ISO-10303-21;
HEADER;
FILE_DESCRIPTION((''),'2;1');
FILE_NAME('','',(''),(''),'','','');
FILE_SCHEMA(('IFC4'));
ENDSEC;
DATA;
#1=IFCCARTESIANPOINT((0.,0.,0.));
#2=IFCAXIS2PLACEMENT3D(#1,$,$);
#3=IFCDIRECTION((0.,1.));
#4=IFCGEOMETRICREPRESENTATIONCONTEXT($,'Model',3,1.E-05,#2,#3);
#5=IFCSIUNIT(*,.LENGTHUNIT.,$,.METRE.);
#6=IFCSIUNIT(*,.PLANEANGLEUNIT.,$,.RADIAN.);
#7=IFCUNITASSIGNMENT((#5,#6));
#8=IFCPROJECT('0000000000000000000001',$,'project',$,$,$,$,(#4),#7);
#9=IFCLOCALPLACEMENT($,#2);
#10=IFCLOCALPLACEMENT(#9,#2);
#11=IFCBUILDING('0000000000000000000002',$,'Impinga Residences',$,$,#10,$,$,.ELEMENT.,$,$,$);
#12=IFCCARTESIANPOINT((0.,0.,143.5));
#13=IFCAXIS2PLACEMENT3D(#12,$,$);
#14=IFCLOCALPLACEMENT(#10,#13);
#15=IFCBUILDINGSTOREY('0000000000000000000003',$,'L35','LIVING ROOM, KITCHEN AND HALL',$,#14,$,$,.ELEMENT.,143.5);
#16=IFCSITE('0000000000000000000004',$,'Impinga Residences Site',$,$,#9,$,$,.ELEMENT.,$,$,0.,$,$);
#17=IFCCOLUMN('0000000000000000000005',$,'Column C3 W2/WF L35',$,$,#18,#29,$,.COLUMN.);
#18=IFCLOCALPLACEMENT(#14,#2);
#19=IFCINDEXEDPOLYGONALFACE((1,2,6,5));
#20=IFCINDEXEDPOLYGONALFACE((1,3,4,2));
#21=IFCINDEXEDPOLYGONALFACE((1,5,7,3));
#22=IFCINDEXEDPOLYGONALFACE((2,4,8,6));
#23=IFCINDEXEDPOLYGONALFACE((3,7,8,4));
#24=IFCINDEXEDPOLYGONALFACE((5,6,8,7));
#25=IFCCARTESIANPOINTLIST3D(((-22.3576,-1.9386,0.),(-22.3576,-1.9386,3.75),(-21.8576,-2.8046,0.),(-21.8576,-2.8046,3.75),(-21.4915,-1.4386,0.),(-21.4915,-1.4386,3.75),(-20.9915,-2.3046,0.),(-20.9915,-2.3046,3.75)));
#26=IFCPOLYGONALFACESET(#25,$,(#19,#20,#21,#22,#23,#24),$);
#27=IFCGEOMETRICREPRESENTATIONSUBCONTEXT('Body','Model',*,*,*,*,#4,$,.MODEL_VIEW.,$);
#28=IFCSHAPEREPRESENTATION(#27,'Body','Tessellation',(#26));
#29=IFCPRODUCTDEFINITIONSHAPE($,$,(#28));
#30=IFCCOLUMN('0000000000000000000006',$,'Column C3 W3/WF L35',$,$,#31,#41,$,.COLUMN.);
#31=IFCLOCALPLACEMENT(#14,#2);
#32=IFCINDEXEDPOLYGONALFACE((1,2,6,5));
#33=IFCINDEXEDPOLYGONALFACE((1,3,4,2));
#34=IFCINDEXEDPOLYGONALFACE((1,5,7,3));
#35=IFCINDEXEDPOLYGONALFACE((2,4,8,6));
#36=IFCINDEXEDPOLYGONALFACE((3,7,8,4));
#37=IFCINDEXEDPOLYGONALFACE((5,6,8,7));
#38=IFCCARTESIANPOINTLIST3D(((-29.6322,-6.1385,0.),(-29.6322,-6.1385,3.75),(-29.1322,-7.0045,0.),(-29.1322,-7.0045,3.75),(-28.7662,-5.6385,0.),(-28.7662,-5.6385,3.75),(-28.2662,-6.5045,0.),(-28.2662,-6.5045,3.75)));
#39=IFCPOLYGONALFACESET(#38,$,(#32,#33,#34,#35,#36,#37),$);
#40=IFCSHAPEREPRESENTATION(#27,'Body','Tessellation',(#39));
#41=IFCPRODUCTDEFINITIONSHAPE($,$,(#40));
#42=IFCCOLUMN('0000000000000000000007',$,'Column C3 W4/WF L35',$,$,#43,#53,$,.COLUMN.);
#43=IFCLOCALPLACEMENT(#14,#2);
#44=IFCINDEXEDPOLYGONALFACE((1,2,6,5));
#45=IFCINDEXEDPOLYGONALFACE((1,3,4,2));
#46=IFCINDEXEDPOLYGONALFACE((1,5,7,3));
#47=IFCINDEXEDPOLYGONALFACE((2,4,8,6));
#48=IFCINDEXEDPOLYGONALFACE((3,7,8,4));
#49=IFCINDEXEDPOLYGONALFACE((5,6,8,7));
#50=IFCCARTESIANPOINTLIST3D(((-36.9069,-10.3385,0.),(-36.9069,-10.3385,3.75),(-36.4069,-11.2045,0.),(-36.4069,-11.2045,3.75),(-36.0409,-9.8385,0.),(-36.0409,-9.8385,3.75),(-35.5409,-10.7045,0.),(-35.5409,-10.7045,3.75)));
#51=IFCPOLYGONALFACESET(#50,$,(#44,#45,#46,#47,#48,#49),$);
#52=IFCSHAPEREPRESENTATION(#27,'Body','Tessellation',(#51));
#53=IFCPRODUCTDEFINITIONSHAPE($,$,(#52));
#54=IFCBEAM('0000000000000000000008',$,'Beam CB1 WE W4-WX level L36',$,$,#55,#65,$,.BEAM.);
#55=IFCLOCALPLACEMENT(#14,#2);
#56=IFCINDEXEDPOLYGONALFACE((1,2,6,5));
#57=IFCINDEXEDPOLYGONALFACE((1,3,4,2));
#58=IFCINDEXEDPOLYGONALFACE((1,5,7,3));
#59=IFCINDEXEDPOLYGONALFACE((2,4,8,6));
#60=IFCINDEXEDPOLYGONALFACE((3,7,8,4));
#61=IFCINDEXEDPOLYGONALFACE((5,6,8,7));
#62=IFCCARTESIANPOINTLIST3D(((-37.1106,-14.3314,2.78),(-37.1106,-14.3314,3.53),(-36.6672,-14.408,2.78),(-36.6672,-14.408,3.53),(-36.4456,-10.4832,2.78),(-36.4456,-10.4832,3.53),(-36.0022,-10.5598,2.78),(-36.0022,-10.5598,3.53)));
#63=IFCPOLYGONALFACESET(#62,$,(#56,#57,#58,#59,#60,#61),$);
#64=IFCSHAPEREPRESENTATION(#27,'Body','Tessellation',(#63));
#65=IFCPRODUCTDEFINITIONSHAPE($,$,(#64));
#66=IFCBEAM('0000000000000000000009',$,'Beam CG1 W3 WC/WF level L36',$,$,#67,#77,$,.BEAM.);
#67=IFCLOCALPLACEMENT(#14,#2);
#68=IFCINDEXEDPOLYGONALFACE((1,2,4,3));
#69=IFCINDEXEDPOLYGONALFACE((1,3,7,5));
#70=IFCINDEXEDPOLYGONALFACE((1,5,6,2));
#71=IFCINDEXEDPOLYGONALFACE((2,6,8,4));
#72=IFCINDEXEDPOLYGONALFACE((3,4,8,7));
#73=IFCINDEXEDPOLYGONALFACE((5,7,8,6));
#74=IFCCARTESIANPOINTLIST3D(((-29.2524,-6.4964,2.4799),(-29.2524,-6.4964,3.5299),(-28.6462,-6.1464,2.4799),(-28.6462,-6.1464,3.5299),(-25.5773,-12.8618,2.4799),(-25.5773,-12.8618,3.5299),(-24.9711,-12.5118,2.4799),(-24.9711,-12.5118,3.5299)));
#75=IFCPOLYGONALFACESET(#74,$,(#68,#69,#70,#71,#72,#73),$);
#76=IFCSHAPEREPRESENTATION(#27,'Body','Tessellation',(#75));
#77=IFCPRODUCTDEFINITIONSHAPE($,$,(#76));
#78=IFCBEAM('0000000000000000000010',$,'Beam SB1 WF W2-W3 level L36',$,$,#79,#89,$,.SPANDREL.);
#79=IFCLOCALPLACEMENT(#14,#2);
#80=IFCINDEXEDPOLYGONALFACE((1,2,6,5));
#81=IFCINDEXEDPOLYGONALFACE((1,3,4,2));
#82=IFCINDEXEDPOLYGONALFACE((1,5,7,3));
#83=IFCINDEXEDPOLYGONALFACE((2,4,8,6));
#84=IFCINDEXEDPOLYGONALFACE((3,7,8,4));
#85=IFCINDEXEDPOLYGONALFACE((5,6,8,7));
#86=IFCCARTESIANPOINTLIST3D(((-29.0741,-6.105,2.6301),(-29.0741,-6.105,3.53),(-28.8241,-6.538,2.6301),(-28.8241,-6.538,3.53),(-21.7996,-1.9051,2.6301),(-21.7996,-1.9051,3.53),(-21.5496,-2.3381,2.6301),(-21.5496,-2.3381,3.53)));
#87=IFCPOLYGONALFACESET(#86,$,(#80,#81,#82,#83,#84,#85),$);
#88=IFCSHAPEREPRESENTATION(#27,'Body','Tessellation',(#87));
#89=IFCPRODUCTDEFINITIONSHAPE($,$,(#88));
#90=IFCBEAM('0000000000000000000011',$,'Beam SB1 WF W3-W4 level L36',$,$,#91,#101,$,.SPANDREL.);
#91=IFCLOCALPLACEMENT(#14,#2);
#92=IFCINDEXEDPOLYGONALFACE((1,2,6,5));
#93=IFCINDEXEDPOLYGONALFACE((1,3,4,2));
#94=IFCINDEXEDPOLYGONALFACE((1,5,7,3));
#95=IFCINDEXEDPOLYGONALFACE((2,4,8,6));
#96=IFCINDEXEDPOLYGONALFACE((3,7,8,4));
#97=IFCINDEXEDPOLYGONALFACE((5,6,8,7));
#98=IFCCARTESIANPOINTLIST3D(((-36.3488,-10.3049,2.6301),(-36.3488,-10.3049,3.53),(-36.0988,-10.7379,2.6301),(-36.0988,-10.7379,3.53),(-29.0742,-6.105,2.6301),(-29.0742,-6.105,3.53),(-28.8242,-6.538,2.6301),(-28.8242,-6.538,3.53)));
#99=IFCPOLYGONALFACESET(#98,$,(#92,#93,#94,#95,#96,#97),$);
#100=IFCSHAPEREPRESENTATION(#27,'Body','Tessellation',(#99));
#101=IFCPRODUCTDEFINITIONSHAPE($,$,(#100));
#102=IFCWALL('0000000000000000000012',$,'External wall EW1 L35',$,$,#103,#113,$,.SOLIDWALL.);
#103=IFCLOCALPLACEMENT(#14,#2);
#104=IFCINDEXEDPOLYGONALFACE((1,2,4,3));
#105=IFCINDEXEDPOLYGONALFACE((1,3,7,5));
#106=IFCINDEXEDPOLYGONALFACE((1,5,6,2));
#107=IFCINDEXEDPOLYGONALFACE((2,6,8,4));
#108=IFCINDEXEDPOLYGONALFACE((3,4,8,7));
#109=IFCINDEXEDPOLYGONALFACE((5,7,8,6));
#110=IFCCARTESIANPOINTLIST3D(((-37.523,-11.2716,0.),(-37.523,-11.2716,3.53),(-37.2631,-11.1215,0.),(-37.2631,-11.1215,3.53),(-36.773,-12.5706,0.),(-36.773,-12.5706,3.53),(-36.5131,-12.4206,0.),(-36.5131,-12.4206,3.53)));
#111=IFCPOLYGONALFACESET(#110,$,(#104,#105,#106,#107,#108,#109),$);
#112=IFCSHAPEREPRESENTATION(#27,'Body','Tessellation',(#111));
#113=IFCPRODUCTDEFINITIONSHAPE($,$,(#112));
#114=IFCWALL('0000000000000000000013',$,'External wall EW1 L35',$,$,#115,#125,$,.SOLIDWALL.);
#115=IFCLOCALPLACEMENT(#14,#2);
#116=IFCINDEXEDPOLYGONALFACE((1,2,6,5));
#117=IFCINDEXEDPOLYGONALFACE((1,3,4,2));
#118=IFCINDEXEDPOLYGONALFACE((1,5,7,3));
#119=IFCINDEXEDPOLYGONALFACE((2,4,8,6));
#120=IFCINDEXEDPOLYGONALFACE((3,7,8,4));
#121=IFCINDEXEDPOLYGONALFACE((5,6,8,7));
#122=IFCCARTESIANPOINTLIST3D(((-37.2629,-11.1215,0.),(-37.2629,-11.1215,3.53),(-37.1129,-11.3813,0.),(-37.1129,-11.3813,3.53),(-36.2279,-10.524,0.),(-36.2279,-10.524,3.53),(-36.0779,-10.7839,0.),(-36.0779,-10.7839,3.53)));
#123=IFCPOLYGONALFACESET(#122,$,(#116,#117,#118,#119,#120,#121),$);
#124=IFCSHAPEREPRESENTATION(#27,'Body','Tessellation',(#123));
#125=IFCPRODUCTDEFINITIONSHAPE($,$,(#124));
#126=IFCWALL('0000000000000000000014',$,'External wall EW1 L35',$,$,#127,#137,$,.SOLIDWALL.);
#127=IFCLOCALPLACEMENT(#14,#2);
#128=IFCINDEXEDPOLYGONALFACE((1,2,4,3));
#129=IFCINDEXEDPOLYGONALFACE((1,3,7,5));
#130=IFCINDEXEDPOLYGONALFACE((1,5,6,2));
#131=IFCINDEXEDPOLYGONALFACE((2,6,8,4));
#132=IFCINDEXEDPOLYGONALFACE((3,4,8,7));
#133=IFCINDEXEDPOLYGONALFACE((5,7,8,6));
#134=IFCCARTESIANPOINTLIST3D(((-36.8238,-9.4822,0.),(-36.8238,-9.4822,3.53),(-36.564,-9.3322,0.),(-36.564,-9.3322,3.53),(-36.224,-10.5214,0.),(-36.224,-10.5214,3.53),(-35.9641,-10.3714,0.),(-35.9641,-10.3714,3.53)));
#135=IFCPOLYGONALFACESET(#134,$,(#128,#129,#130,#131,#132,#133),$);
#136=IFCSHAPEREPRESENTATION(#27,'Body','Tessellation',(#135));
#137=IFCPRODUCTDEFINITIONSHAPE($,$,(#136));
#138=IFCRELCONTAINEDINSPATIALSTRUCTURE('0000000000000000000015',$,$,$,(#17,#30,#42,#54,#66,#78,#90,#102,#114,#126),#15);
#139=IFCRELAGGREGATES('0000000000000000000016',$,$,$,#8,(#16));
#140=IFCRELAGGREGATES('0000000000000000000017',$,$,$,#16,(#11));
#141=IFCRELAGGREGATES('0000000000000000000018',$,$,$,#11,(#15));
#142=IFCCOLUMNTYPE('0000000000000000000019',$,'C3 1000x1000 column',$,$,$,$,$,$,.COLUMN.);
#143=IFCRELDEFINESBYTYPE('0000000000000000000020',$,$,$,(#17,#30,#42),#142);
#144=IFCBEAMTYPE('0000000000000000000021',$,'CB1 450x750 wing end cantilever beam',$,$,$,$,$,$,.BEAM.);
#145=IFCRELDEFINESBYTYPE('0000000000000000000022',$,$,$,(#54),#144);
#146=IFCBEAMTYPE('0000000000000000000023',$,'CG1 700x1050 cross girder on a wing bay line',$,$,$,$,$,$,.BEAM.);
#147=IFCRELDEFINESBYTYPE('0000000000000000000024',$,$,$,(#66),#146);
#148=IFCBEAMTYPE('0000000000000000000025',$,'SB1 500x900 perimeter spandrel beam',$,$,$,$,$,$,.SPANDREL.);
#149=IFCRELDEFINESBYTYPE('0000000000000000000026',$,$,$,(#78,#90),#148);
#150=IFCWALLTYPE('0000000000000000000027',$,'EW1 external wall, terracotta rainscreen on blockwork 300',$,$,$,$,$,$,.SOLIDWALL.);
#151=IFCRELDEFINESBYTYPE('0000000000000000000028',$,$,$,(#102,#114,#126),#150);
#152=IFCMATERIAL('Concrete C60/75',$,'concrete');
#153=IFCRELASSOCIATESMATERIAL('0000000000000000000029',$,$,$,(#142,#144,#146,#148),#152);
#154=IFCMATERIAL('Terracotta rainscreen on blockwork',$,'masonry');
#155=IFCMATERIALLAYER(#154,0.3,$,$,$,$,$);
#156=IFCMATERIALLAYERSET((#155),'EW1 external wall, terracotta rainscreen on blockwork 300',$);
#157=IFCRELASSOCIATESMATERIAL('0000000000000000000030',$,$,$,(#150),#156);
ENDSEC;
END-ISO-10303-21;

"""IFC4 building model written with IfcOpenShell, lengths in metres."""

from ifc_helpers import new_model, si_unit, direction, frame, frame_2d, origin, origin_2d, place, context, subcontext, project, spatial, rectangle, extrude, material, layer, layer_set, material_profile, profile_set, type_object, element, save


model = new_model("IFC4")

# Units and contexts
model_context = context("Model", 3, precision=1e-05, world=origin(), true_north=direction((0.0, 1.0)))
body_context = subcontext(model_context, "Body", "Model", "MODEL_VIEW")
ifc_project = project(units=[si_unit("LENGTHUNIT", "METRE"), si_unit("PLANEANGLEUNIT", "RADIAN")], contexts=[model_context])

# Site, building, storey
site_placement = place(None, origin())
site = spatial("IfcSite", under=ifc_project, at=site_placement, Name="Impinga Residences Site", CompositionType="ELEMENT", RefElevation=0.0)
building_placement = place(site_placement, origin())
building = spatial("IfcBuilding", under=site, at=building_placement, Name="Impinga Residences", CompositionType="ELEMENT")
storey_placement = place(building_placement, frame((0.0, 0.0, 143.5)))
storey = spatial("IfcBuildingStorey", under=building, at=storey_placement, Name="L35", Description="LIVING ROOM, KITCHEN AND HALL", CompositionType="ELEMENT", Elevation=143.5)

# Columns
ifc_material_1 = material(Name="Concrete C60/75", Category="concrete")
ifc_material_profile_1 = material_profile(ifc_material_1, rectangle(XDim=1.0, YDim=1.0, at=origin_2d()), Name="RC 1000x1000")
ifc_profile_set_1 = profile_set([ifc_material_profile_1], Name="Concrete C60/75")
column_type = type_object("IfcColumnType", Name="C3 1000x1000 column", PredefinedType="COLUMN", material=ifc_profile_set_1)
for number, where, z_axis, x_axis, name in (
    (1, (-21.6746, -2.1216, 0.0), (0.0, 0.0, 1.0), (-0.5, 0.866025, 0.0), "Column C3 W2/WF L35"),
    (2, (-28.9492, -6.3215, 0.0), (0.0, 0.0, 1.0), (-0.5, 0.866025, 0.0), "Column C3 W3/WF L35"),
    (3, (-36.2239, -10.5215, 0.0), (0.0, 0.0, 1.0), (-0.5, 0.866025, 0.0), "Column C3 W4/WF L35"),
):
    element("IfcColumn", number, at=place(storey_placement, frame(where, z_axis=z_axis, x_axis=x_axis)), inside=storey, type_object=column_type, Name=name, PredefinedType="COLUMN", context=body_context, shape_type="SweptSolid", body=[
        extrude(rectangle(XDim=1.0, YDim=1.0, at=origin_2d()), origin(), (0.0, 0.0, 1.0), 3.75),
    ])

# Beams
ifc_material_profile_2 = material_profile(ifc_material_1, rectangle(XDim=0.45, YDim=0.75, at=origin_2d()), Name="RC 450x750")
ifc_profile_set_2 = profile_set([ifc_material_profile_2], Name="Concrete C60/75")
beam_type_1 = type_object("IfcBeamType", Name="CB1 450x750 wing end cantilever beam", PredefinedType="BEAM", material=ifc_profile_set_2)
beam_1_placement = place(storey_placement, frame((-36.2239, -10.5215, 3.155), z_axis=(-0.170296, -0.985393, 0.0), x_axis=(0.985393, -0.170296, 0.0)))
element("IfcBeam", 4, at=beam_1_placement, inside=storey, type_object=beam_type_1, Name="Beam CB1 WE W4-WX level L36", PredefinedType="BEAM", context=body_context, shape_type="SweptSolid", body=[
    extrude(rectangle(XDim=0.45, YDim=0.75, at=origin_2d()), origin(), (0.0, 0.0, 1.0), 3.9053),
])
ifc_material_profile_3 = material_profile(ifc_material_1, rectangle(XDim=0.7, YDim=1.05, at=origin_2d()), Name="RC 700x1050")
ifc_profile_set_3 = profile_set([ifc_material_profile_3], Name="Concrete C60/75")
beam_type_2 = type_object("IfcBeamType", Name="CG1 700x1050 cross girder on a wing bay line", PredefinedType="BEAM", material=ifc_profile_set_3)
beam_2_placement = place(storey_placement, frame((-25.2742, -12.6868, 3.0049), z_axis=(-0.500008, 0.866021, 0.0), x_axis=(-0.866021, -0.500008, 0.0)))
element("IfcBeam", 5, at=beam_2_placement, inside=storey, type_object=beam_type_2, Name="Beam CG1 W3 WC/WF level L36", PredefinedType="BEAM", context=body_context, shape_type="SweptSolid", body=[
    extrude(rectangle(XDim=0.7, YDim=1.05, at=origin_2d()), origin(), (0.0, 0.0, 1.0), 7.3501),
])
ifc_material_profile_4 = material_profile(ifc_material_1, rectangle(XDim=0.5, YDim=0.8999, at=origin_2d()), Name="RC 500x900")
ifc_profile_set_4 = profile_set([ifc_material_profile_4], Name="Concrete C60/75")
beam_type_3 = type_object("IfcBeamType", Name="SB1 500x900 perimeter spandrel beam", PredefinedType="SPANDREL", material=ifc_profile_set_4)
for number, where, z_axis, x_axis, name in (
    (6, (-21.6746, -2.1216, 3.0801), (-0.866029, -0.499993, 0.0), (0.499993, -0.866029, 0.0), "Beam SB1 WF W2-W3 level L36"),
    (7, (-28.9492, -6.3215, 3.0801), (-0.866029, -0.499993, 0.0), (0.499993, -0.866029, 0.0), "Beam SB1 WF W3-W4 level L36"),
):
    element("IfcBeam", number, at=place(storey_placement, frame(where, z_axis=z_axis, x_axis=x_axis)), inside=storey, type_object=beam_type_3, Name=name, PredefinedType="SPANDREL", context=body_context, shape_type="SweptSolid", body=[
        extrude(rectangle(XDim=0.5, YDim=0.8999, at=origin_2d()), origin(), (0.0, 0.0, 1.0), 8.3999),
    ])

# Walls
ifc_material_2 = material(Name="Terracotta rainscreen on blockwork", Category="masonry")
ifc_layer_1 = layer(ifc_material_2, 0.3)
ifc_layer_set_1 = layer_set([ifc_layer_1], Name="EW1 external wall, terracotta rainscreen on blockwork 300")
wall_type_1 = type_object("IfcWallType", Name="EW1 external wall, terracotta rainscreen on blockwork 300", PredefinedType="SOLIDWALL", material=ifc_layer_set_1)
wall_1_placement = place(storey_placement, frame((-36.6431, -12.4956, 0.0), z_axis=(0.0, 0.0, 1.0), x_axis=(-0.49999, 0.866031, 0.0)))
element("IfcWall", 8, at=wall_1_placement, inside=storey, type_object=wall_type_1, Name="External wall EW1 L35", PredefinedType="SOLIDWALL", context=body_context, shape_type="SweptSolid", body=[
    extrude(rectangle(XDim=1.5, YDim=0.3, at=frame_2d((0.75, 0.0))), origin(), (0.0, 0.0, 1.0), 3.53),
])
wall_2_placement = place(storey_placement, frame((-37.188, -11.2515, 0.0), z_axis=(0.0, 0.0, 1.0), x_axis=(0.86606, 0.499941, 0.0)))
element("IfcWall", 9, at=wall_2_placement, inside=storey, type_object=wall_type_1, Name="External wall EW1 L35", PredefinedType="SOLIDWALL", context=body_context, shape_type="SweptSolid", body=[
    extrude(rectangle(XDim=1.1951, YDim=0.3, at=frame_2d((0.5977, 0.0))), origin(), (0.0, 0.0, 1.0), 3.53),
])
wall_3_placement = place(storey_placement, frame((-36.094, -10.4465, 0.0), z_axis=(0.0, 0.0, 1.0), x_axis=(-0.499881, 0.866094, 0.0)))
element("IfcWall", 10, at=wall_3_placement, inside=storey, type_object=wall_type_1, Name="External wall EW1 L35", PredefinedType="SOLIDWALL", context=body_context, shape_type="SweptSolid", body=[
    extrude(rectangle(XDim=1.2, YDim=0.3, at=frame_2d((0.6001, 0.0))), origin(), (0.0, 0.0, 1.0), 3.53),
])

save(model, "model.ifc")
